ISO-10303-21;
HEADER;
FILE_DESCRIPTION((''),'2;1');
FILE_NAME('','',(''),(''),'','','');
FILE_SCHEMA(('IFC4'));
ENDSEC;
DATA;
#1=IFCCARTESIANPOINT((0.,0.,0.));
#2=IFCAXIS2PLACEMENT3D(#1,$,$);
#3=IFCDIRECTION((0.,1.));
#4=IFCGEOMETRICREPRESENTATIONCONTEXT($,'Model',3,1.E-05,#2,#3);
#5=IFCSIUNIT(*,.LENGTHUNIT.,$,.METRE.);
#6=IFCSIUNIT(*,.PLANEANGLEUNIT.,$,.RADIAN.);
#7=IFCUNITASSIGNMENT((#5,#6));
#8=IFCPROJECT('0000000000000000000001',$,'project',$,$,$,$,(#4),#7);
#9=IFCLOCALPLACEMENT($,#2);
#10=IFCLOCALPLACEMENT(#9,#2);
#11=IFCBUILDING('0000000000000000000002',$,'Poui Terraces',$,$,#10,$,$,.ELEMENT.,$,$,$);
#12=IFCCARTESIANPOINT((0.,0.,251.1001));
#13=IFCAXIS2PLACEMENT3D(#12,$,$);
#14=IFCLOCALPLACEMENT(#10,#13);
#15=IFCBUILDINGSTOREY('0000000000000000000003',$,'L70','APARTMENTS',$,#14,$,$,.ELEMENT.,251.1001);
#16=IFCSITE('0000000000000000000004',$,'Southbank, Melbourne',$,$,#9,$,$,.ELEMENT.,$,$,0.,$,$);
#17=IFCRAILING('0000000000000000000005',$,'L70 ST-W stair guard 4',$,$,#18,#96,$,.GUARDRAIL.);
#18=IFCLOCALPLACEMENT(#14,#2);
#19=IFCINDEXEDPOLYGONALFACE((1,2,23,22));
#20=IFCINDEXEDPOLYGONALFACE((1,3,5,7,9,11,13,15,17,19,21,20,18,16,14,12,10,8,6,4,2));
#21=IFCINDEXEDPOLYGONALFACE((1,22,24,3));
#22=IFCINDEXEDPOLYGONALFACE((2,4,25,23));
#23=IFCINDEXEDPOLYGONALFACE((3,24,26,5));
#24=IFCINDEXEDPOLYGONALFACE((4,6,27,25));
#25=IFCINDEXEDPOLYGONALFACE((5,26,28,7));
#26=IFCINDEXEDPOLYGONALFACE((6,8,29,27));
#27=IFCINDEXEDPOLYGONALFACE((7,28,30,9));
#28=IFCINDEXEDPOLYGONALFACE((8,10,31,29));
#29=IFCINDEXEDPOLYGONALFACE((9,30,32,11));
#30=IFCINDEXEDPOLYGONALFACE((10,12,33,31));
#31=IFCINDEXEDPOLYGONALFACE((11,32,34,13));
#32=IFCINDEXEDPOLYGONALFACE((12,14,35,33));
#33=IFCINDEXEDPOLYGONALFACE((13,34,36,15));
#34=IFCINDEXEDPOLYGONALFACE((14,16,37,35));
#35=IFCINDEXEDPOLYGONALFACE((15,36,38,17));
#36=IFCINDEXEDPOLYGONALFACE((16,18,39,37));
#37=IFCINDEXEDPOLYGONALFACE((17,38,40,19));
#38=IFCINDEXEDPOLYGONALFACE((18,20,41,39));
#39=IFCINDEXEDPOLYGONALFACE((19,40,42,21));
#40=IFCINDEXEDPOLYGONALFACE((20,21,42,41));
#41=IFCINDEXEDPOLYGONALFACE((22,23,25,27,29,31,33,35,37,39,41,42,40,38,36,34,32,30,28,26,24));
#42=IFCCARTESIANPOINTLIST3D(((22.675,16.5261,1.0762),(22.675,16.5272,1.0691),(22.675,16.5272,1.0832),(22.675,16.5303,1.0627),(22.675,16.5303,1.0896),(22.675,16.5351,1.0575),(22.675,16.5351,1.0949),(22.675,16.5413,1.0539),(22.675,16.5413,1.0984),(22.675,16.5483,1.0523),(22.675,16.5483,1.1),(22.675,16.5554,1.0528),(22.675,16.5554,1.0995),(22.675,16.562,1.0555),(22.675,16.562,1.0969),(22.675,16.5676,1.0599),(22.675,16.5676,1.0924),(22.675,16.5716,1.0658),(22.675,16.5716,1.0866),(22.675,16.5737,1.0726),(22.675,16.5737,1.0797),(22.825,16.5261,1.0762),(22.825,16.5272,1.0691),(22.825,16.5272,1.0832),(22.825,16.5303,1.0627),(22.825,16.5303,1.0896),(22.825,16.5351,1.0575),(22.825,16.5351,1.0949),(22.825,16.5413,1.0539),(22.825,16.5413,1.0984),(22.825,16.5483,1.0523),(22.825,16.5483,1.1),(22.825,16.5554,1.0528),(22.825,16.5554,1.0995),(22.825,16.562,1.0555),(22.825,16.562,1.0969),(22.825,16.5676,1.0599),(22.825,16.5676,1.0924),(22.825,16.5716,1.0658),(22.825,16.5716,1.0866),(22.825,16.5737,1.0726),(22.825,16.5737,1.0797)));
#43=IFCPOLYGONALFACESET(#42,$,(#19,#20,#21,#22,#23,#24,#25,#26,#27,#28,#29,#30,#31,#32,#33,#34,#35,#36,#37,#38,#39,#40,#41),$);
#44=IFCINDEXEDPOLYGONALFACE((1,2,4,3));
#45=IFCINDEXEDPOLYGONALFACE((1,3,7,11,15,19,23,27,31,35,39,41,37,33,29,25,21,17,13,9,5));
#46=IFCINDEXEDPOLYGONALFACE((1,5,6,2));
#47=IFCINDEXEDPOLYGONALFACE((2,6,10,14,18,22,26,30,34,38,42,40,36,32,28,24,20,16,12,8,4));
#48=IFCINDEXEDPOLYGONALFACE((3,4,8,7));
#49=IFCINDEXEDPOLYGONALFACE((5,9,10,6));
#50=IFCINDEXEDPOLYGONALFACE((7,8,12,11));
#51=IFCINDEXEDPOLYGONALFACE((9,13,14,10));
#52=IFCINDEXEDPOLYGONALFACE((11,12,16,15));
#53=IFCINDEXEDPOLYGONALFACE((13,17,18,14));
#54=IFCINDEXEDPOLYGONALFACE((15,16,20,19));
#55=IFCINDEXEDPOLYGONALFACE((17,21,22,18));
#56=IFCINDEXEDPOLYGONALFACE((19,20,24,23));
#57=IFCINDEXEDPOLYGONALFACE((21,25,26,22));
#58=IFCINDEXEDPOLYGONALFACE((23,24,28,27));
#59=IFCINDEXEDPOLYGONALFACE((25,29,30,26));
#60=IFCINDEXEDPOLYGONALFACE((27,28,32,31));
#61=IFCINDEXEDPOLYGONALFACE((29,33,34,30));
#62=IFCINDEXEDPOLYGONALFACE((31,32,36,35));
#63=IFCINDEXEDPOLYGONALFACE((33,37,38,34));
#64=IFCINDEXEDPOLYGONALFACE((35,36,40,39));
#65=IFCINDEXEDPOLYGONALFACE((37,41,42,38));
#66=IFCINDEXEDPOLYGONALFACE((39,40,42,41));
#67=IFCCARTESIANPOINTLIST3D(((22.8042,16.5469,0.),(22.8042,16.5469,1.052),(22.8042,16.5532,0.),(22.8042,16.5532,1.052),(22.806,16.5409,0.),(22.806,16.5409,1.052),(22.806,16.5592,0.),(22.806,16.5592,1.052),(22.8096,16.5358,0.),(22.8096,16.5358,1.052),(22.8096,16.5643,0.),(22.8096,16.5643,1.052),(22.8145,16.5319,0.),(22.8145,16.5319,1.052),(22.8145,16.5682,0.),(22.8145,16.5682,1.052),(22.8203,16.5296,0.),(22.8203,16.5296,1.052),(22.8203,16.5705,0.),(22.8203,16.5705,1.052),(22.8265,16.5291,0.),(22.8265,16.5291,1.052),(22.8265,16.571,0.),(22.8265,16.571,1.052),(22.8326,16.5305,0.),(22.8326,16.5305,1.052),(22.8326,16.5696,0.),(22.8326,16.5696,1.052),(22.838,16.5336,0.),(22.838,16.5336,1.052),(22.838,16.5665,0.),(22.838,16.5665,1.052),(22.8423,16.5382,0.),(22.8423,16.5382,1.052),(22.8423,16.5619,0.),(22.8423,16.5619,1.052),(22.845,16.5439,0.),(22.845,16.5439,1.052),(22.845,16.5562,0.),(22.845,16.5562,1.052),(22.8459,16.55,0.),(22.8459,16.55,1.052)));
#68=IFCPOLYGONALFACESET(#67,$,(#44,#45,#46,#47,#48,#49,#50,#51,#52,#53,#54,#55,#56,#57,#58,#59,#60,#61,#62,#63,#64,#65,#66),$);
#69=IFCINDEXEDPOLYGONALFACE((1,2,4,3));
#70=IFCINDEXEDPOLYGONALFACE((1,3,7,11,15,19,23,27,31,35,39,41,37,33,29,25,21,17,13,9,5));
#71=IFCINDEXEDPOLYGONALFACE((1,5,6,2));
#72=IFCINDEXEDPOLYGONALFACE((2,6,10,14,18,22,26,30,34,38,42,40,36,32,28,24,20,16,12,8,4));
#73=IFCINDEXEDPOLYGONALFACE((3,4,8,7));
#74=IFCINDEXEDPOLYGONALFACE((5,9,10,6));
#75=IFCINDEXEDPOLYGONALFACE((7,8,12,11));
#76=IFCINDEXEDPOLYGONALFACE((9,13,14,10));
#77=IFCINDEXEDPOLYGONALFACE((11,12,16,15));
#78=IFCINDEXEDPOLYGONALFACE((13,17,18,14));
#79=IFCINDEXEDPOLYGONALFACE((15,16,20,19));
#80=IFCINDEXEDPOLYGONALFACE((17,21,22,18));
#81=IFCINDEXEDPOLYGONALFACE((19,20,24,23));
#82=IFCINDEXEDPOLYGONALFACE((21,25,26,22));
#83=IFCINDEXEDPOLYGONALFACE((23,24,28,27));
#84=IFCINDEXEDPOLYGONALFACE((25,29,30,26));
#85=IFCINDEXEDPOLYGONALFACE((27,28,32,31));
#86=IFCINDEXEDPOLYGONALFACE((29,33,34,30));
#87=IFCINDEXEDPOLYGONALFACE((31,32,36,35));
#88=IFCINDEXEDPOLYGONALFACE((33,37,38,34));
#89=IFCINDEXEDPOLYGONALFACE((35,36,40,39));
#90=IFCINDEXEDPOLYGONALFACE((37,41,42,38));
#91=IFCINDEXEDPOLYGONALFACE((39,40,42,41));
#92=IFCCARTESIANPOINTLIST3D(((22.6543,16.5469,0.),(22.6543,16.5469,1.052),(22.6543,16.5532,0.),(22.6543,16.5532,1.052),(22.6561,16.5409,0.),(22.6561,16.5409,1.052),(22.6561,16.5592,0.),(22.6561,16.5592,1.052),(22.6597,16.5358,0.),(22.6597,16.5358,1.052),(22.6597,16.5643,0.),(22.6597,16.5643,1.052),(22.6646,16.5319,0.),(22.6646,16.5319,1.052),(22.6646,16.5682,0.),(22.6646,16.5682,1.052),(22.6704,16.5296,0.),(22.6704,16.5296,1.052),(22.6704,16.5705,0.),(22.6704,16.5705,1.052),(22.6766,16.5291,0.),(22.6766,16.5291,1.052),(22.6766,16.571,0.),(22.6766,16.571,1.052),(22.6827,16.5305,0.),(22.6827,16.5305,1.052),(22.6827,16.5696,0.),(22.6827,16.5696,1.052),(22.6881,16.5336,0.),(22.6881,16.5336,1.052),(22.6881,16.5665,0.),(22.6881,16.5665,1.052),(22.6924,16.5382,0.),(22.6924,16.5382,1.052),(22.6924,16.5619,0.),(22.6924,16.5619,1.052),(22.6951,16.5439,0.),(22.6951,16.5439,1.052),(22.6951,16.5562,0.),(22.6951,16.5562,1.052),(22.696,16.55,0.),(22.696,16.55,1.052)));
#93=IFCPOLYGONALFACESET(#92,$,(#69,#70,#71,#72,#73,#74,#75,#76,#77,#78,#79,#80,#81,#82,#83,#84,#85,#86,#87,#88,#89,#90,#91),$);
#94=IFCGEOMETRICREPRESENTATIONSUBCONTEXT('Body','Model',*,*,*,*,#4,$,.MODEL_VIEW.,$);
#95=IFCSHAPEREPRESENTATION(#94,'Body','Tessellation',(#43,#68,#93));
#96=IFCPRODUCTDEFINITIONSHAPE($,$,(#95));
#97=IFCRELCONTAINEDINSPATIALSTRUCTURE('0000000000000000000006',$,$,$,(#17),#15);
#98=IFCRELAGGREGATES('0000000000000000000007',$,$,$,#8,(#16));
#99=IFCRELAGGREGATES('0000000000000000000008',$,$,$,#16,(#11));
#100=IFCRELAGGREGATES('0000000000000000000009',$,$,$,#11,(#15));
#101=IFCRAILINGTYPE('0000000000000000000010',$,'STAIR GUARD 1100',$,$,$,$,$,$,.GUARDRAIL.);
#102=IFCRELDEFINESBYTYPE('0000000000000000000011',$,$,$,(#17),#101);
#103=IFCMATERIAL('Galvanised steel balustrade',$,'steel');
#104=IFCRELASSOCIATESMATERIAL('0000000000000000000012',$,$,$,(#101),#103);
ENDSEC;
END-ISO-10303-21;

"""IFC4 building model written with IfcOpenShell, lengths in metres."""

from ifc_helpers import new_model, si_unit, direction, frame, origin, origin_2d, place, context, subcontext, project, spatial, circle, extrude, material, type_object, element, save


model = new_model("IFC4")

# Units and contexts
model_context = context("Model", 3, precision=1e-05, world=origin(), true_north=direction((0.0, 1.0)))
body_context = subcontext(model_context, "Body", "Model", "MODEL_VIEW")
ifc_project = project(units=[si_unit("LENGTHUNIT", "METRE"), si_unit("PLANEANGLEUNIT", "RADIAN")], contexts=[model_context])

# Site, building, storey
site_placement = place(None, origin())
site = spatial("IfcSite", under=ifc_project, at=site_placement, Name="Southbank, Melbourne", CompositionType="ELEMENT", RefElevation=0.0)
building_placement = place(site_placement, origin())
building = spatial("IfcBuilding", under=site, at=building_placement, Name="Poui Terraces", CompositionType="ELEMENT")
storey_placement = place(building_placement, frame((0.0, 0.0, 251.1001)))
storey = spatial("IfcBuildingStorey", under=building, at=storey_placement, Name="L70", Description="APARTMENTS", CompositionType="ELEMENT", Elevation=251.1001)

# Railing
ifc_material_1 = material(Name="Galvanised steel balustrade", Category="steel")
railing_type_1 = type_object("IfcRailingType", Name="STAIR GUARD 1100", PredefinedType="GUARDRAIL", material=ifc_material_1)
railing_1_placement = place(storey_placement, frame((22.825, 16.55, 0.0)))
element("IfcRailing", 1, at=railing_1_placement, inside=storey, type_object=railing_type_1, Name="L70 ST-W stair guard 4", PredefinedType="GUARDRAIL", context=body_context, shape_type="SweptSolid", body=[
    extrude(circle(Radius=0.0239, at=origin_2d()), frame((0.0, 0.0, 1.0762), z_axis=(-1.0, 0.0, 0.0), x_axis=(0.0, -1.0, 0.0)), (0.0, 0.0, 1.0), 0.1499),
    extrude(circle(Radius=0.021, at=origin_2d()), origin(), (0.0, 0.0, 1.0), 1.052),
    extrude(circle(Radius=0.021, at=origin_2d()), frame((-0.1499, 0.0, 0.0)), (0.0, 0.0, 1.0), 1.052),
])

save(model, "model.ifc")
